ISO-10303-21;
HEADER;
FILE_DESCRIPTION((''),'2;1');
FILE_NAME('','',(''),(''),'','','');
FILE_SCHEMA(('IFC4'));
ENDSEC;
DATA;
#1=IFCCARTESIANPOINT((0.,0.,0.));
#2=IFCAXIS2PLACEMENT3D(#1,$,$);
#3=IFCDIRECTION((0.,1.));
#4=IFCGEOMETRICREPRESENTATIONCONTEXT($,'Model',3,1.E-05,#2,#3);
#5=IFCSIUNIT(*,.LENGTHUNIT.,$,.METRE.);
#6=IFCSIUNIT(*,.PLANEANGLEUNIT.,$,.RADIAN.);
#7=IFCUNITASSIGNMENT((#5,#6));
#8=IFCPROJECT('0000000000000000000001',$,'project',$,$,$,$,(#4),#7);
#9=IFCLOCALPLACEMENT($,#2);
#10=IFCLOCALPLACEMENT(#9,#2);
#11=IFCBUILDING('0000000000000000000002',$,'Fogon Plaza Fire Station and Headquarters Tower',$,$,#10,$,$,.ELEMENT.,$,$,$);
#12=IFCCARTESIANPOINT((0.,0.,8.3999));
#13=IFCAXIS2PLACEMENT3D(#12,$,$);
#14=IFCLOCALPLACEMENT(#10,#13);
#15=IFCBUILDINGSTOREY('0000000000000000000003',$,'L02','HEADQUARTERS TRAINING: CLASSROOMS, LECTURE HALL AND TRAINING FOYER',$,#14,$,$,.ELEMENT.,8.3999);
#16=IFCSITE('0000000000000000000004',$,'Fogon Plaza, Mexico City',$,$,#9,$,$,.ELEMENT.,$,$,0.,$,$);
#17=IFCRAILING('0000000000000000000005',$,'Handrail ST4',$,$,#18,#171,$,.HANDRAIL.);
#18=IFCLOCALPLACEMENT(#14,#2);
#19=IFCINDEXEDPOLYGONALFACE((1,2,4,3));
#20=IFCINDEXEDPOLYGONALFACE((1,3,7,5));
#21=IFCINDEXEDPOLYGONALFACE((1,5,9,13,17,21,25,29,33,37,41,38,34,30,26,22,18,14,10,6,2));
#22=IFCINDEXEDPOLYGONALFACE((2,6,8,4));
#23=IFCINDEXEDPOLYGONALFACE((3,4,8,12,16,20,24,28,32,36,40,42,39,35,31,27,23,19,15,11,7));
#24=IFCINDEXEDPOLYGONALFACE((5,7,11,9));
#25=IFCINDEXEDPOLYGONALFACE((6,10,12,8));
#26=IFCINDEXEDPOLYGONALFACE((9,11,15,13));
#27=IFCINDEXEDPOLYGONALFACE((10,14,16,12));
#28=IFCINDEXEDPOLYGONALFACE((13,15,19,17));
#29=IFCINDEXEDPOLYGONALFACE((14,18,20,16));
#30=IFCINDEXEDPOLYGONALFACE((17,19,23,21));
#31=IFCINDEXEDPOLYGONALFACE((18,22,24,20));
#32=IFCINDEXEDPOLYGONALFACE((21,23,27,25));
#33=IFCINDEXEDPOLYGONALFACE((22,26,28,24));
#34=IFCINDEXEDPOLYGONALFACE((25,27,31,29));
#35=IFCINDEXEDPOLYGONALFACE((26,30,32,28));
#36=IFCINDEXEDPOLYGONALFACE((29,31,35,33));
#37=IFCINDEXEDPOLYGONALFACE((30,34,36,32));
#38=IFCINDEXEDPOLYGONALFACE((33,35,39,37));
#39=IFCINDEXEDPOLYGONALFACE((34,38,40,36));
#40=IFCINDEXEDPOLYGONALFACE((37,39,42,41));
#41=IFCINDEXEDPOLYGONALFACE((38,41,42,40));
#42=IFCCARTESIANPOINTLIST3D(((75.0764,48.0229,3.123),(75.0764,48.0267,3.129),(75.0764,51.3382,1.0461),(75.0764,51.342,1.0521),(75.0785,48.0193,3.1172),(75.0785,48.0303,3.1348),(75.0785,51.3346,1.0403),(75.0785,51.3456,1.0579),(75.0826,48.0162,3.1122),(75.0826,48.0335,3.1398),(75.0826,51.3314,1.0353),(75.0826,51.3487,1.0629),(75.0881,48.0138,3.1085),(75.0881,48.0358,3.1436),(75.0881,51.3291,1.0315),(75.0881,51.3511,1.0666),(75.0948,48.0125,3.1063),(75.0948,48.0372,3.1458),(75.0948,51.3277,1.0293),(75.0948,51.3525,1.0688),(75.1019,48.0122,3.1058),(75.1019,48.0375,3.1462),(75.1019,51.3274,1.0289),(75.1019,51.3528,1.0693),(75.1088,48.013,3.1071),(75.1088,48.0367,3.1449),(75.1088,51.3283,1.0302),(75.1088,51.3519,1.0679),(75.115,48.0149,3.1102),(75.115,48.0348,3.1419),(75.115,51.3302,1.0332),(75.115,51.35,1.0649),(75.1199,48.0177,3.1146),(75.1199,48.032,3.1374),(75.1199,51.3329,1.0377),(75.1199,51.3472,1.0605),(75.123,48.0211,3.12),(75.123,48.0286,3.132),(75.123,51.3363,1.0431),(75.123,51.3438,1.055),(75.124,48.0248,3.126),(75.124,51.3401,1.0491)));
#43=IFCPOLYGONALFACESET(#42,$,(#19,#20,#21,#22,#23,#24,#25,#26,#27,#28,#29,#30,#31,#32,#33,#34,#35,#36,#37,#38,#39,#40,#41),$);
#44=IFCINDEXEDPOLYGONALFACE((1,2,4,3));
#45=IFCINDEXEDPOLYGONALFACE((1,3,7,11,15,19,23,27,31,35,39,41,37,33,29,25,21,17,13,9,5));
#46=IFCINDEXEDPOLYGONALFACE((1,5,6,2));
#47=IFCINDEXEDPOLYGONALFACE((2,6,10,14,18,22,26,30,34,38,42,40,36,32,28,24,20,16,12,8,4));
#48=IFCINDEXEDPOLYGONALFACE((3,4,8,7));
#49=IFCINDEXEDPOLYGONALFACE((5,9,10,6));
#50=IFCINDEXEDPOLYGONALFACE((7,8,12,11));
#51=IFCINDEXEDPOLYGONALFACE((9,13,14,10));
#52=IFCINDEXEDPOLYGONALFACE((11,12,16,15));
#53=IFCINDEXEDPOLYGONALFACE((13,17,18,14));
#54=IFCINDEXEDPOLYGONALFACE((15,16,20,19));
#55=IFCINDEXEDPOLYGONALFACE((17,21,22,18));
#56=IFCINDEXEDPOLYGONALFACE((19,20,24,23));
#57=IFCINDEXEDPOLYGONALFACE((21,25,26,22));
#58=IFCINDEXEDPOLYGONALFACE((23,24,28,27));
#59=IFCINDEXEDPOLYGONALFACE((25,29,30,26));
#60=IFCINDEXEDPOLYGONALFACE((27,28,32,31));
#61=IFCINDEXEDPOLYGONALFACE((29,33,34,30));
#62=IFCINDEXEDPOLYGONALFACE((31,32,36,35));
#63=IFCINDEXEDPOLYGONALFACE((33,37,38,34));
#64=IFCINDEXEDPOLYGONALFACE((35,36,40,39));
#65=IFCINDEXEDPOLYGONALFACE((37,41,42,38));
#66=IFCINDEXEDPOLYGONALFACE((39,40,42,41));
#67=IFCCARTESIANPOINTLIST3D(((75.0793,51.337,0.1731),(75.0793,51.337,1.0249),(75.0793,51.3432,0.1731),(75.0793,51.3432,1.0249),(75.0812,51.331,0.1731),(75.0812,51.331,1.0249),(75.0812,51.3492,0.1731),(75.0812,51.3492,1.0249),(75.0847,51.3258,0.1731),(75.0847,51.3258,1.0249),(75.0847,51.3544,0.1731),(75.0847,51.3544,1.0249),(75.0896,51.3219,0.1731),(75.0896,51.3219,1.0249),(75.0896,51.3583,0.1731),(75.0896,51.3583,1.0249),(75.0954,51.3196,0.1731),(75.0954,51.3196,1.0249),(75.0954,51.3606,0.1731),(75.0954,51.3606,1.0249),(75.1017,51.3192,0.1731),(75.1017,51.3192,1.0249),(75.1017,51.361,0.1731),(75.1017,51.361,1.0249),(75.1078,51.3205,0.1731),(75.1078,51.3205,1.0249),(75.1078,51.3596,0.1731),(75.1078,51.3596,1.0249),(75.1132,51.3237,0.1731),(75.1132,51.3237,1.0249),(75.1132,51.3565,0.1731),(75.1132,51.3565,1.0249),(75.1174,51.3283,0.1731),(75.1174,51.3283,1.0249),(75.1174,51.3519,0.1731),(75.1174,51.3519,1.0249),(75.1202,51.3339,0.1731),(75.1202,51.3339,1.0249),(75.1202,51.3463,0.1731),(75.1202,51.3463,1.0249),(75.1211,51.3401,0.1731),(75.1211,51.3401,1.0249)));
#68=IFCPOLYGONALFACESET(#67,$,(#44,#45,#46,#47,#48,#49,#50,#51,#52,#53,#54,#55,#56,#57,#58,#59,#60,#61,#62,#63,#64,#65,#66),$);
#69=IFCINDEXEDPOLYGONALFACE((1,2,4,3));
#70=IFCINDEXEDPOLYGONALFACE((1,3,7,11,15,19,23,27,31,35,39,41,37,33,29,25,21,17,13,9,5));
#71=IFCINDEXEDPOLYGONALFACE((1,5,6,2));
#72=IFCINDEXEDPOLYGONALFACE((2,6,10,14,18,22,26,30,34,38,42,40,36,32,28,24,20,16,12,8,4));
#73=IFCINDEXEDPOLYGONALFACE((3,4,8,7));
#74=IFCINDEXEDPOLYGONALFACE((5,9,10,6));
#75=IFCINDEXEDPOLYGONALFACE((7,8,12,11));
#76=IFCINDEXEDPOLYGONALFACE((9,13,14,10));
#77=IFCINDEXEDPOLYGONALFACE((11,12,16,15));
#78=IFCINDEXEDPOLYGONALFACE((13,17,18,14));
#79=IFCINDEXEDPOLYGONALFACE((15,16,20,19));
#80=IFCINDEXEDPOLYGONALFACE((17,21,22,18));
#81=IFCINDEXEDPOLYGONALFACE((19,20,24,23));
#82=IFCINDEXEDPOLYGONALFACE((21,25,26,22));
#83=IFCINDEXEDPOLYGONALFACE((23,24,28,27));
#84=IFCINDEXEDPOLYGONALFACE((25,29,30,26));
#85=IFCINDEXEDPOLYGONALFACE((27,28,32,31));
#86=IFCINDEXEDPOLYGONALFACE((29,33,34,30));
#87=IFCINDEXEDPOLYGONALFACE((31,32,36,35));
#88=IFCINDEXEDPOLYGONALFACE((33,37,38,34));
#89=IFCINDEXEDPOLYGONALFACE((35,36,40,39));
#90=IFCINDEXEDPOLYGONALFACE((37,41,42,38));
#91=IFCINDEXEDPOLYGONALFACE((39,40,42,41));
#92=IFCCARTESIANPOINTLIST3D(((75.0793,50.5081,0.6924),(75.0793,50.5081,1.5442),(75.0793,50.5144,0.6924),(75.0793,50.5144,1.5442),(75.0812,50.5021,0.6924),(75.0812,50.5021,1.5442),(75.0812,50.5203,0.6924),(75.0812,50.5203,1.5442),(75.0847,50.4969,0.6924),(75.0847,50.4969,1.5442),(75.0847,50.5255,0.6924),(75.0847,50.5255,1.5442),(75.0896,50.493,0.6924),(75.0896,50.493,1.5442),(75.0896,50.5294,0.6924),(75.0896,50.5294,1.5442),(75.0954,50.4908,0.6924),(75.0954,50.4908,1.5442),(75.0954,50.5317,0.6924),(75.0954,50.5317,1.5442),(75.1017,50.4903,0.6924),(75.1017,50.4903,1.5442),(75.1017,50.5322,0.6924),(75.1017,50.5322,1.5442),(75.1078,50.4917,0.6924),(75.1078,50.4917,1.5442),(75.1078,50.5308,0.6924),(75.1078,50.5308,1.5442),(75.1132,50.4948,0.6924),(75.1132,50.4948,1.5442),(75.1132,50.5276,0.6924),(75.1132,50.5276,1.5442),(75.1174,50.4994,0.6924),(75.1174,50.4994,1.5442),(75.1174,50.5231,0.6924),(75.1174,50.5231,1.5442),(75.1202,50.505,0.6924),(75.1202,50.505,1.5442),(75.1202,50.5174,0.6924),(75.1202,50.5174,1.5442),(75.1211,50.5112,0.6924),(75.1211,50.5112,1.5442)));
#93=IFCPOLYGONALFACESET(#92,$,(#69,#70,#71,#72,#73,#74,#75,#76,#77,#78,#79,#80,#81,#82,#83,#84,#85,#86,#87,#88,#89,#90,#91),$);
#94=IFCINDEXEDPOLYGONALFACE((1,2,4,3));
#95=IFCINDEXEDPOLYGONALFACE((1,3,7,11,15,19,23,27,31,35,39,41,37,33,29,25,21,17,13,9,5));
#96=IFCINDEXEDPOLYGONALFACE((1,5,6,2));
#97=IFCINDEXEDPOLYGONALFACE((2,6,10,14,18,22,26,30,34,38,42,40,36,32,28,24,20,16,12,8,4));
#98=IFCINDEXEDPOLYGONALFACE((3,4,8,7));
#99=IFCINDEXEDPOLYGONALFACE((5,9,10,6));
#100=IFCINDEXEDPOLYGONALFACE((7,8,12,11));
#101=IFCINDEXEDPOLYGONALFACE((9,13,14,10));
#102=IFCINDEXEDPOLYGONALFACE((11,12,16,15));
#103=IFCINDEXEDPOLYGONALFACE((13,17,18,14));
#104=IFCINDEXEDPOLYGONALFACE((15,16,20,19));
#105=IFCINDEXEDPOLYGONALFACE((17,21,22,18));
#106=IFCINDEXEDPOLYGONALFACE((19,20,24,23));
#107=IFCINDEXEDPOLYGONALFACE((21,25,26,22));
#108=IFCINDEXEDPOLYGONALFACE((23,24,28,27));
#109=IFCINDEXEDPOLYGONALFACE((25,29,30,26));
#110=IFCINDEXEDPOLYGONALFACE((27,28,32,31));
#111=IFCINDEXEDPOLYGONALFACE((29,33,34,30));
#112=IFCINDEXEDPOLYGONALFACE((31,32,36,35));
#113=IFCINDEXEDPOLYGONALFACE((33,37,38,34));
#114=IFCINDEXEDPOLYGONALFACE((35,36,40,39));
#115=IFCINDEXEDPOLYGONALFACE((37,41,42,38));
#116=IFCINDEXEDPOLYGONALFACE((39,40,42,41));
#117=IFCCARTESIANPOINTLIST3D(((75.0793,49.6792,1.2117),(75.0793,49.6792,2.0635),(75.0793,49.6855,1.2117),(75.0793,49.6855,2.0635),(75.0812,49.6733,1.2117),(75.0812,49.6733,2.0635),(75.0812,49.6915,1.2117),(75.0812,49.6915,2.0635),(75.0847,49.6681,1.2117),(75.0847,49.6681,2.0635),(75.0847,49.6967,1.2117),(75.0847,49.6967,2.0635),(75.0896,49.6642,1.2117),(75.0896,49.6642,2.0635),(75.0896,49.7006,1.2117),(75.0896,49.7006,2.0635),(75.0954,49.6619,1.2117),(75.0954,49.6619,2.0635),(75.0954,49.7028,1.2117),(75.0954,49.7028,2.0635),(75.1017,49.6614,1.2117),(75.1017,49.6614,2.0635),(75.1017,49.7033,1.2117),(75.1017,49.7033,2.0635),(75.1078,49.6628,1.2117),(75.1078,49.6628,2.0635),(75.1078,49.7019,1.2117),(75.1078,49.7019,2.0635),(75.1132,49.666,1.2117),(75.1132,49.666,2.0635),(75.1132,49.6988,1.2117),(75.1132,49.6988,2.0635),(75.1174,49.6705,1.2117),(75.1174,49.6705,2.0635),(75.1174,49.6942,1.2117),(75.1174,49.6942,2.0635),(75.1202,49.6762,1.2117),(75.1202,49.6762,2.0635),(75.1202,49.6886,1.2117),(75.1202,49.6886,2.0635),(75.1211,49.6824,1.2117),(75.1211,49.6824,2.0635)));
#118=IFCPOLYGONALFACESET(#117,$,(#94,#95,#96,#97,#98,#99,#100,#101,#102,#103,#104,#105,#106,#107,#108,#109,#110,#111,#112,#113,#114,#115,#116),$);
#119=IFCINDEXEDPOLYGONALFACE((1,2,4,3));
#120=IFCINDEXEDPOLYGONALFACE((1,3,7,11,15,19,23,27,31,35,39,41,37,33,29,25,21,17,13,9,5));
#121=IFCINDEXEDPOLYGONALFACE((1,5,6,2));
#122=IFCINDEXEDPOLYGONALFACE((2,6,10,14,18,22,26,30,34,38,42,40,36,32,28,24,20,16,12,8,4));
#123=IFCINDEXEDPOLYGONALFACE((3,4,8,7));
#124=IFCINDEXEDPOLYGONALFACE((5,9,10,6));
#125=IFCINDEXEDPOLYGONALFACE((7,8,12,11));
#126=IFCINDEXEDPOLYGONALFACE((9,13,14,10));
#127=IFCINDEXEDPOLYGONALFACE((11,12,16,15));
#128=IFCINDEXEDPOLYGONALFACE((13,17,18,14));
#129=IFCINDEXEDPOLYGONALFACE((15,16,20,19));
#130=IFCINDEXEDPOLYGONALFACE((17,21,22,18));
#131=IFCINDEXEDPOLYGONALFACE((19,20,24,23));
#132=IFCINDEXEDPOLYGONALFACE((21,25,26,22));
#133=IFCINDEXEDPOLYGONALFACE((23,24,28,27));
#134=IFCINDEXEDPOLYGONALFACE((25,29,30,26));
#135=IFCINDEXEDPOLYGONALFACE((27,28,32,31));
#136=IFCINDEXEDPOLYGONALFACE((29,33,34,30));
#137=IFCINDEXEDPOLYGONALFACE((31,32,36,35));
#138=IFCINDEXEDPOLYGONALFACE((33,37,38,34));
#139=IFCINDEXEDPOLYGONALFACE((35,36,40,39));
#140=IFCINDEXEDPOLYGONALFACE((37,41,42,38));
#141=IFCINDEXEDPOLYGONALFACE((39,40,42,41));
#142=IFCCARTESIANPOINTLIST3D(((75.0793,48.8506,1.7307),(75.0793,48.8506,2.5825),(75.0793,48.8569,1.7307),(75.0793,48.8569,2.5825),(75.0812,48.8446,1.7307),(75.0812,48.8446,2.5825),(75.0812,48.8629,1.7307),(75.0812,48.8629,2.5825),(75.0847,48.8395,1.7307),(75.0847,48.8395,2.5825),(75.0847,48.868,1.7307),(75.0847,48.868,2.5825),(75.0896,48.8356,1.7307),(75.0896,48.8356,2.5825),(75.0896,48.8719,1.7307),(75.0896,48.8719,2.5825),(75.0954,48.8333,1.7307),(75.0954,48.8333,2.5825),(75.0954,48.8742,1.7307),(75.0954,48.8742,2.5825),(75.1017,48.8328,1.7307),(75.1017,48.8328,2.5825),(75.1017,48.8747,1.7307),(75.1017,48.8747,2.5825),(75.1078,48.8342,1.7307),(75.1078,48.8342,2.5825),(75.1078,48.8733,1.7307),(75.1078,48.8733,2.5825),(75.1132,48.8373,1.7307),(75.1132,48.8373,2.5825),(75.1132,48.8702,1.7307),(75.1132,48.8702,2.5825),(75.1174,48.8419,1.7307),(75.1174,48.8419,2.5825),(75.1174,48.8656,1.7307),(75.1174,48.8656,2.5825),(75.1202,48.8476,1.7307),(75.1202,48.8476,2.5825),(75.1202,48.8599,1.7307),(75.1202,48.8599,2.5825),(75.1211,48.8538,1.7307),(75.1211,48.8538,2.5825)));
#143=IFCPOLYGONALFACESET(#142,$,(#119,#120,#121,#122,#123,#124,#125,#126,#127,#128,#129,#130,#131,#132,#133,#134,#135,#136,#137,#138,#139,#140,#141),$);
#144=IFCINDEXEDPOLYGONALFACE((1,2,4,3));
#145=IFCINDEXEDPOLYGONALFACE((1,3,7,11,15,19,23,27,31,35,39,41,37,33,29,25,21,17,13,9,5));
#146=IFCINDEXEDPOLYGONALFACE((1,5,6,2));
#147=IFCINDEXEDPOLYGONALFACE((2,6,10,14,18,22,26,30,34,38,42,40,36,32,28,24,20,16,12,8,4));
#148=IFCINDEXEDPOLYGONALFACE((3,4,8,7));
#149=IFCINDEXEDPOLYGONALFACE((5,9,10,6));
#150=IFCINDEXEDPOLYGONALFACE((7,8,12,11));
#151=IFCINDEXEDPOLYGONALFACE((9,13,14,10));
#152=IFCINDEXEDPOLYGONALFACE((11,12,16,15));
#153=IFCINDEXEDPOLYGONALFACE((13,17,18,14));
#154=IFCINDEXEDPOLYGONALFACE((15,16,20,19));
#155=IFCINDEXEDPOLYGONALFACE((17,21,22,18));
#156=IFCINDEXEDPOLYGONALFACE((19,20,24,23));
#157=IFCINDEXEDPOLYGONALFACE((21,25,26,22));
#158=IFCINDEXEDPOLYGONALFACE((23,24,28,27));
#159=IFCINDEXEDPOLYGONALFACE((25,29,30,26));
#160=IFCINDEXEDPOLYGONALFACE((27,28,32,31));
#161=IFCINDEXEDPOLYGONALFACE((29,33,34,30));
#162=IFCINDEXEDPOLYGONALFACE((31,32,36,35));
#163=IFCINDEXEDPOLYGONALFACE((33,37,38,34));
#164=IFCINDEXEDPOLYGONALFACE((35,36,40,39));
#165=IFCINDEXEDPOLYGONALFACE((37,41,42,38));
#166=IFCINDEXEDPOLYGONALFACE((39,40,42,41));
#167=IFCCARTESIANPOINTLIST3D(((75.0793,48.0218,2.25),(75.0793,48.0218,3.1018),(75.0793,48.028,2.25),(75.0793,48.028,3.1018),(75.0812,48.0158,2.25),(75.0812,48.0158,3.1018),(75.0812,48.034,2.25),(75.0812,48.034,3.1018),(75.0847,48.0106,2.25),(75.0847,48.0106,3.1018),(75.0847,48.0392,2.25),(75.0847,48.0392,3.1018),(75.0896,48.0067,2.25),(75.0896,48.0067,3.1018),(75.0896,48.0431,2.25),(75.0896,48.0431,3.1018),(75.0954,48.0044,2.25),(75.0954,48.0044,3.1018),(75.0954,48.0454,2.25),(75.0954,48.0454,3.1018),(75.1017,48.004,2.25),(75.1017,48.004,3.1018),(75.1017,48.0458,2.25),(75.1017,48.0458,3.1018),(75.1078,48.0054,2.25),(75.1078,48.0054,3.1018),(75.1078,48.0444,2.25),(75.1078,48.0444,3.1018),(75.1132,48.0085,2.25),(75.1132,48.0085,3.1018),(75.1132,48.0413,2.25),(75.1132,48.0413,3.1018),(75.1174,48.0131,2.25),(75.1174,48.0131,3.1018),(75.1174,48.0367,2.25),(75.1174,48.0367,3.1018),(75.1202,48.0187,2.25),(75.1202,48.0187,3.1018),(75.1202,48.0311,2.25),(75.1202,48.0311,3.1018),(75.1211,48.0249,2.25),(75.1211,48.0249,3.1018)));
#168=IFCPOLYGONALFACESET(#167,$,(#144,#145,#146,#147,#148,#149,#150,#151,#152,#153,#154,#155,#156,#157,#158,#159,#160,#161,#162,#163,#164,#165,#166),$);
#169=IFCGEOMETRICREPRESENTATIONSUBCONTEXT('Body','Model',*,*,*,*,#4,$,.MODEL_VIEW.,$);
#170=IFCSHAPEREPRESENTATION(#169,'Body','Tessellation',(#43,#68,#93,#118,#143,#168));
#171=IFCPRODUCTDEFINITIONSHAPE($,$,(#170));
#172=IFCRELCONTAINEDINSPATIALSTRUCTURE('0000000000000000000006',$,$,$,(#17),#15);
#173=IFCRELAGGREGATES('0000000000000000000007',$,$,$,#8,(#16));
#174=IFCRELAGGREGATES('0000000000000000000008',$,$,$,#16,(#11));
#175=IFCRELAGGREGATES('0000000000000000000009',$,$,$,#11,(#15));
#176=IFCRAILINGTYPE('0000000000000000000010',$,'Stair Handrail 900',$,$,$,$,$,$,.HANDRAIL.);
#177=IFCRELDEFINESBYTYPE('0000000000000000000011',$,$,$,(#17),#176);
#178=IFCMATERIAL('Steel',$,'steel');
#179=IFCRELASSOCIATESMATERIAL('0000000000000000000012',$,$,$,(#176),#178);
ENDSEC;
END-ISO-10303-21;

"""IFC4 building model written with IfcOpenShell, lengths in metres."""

from ifc_helpers import new_model, si_unit, direction, frame, origin, origin_2d, place, context, subcontext, project, spatial, circle, extrude, material, type_object, element, save


model = new_model("IFC4")

# Units and contexts
model_context = context("Model", 3, precision=1e-05, world=origin(), true_north=direction((0.0, 1.0)))
body_context = subcontext(model_context, "Body", "Model", "MODEL_VIEW")
ifc_project = project(units=[si_unit("LENGTHUNIT", "METRE"), si_unit("PLANEANGLEUNIT", "RADIAN")], contexts=[model_context])

# Site, building, storey
site_placement = place(None, origin())
site = spatial("IfcSite", under=ifc_project, at=site_placement, Name="Fogon Plaza, Mexico City", CompositionType="ELEMENT", RefElevation=0.0)
building_placement = place(site_placement, origin())
building = spatial("IfcBuilding", under=site, at=building_placement, Name="Fogon Plaza Fire Station and Headquarters Tower", CompositionType="ELEMENT")
storey_placement = place(building_placement, frame((0.0, 0.0, 8.3999)))
storey = spatial("IfcBuildingStorey", under=building, at=storey_placement, Name="L02", Description="HEADQUARTERS TRAINING: CLASSROOMS, LECTURE HALL AND TRAINING FOYER", CompositionType="ELEMENT", Elevation=8.3999)

# Railing
ifc_material_1 = material(Name="Steel", Category="steel")
railing_type = type_object("IfcRailingType", Name="Stair Handrail 900", PredefinedType="HANDRAIL", material=ifc_material_1)
for number, where, name in (
    (1, (75.1001, 51.3401, 0.1731), "Handrail ST4"),
):
    element("IfcRailing", number, at=place(storey_placement, frame(where)), inside=storey, type_object=railing_type, Name=name, PredefinedType="HANDRAIL", context=body_context, shape_type="SweptSolid", body=[
        extrude(circle(Radius=0.0239, at=origin_2d()), frame((0.0, 0.0, 0.876), z_axis=(0.0, -0.847433, 0.530902), x_axis=(1.0, 0.0, 0.0)), (0.0, 0.0, 1.0), 3.9121),
        extrude(circle(Radius=0.021, at=origin_2d()), origin(), (0.0, 0.0, 1.0), 0.8518),
        extrude(circle(Radius=0.021, at=origin_2d()), frame((0.0, -0.8289, 0.5193)), (0.0, 0.0, 1.0), 0.8518),
        extrude(circle(Radius=0.021, at=origin_2d()), frame((0.0, -1.6577, 1.0386)), (0.0, 0.0, 1.0), 0.8518),
        extrude(circle(Radius=0.021, at=origin_2d()), frame((0.0, -2.4863, 1.5576)), (0.0, 0.0, 1.0), 0.8518),
        extrude(circle(Radius=0.021, at=origin_2d()), frame((0.0, -3.3152, 2.0769)), (0.0, 0.0, 1.0), 0.8518),
    ])

save(model, "model.ifc")
